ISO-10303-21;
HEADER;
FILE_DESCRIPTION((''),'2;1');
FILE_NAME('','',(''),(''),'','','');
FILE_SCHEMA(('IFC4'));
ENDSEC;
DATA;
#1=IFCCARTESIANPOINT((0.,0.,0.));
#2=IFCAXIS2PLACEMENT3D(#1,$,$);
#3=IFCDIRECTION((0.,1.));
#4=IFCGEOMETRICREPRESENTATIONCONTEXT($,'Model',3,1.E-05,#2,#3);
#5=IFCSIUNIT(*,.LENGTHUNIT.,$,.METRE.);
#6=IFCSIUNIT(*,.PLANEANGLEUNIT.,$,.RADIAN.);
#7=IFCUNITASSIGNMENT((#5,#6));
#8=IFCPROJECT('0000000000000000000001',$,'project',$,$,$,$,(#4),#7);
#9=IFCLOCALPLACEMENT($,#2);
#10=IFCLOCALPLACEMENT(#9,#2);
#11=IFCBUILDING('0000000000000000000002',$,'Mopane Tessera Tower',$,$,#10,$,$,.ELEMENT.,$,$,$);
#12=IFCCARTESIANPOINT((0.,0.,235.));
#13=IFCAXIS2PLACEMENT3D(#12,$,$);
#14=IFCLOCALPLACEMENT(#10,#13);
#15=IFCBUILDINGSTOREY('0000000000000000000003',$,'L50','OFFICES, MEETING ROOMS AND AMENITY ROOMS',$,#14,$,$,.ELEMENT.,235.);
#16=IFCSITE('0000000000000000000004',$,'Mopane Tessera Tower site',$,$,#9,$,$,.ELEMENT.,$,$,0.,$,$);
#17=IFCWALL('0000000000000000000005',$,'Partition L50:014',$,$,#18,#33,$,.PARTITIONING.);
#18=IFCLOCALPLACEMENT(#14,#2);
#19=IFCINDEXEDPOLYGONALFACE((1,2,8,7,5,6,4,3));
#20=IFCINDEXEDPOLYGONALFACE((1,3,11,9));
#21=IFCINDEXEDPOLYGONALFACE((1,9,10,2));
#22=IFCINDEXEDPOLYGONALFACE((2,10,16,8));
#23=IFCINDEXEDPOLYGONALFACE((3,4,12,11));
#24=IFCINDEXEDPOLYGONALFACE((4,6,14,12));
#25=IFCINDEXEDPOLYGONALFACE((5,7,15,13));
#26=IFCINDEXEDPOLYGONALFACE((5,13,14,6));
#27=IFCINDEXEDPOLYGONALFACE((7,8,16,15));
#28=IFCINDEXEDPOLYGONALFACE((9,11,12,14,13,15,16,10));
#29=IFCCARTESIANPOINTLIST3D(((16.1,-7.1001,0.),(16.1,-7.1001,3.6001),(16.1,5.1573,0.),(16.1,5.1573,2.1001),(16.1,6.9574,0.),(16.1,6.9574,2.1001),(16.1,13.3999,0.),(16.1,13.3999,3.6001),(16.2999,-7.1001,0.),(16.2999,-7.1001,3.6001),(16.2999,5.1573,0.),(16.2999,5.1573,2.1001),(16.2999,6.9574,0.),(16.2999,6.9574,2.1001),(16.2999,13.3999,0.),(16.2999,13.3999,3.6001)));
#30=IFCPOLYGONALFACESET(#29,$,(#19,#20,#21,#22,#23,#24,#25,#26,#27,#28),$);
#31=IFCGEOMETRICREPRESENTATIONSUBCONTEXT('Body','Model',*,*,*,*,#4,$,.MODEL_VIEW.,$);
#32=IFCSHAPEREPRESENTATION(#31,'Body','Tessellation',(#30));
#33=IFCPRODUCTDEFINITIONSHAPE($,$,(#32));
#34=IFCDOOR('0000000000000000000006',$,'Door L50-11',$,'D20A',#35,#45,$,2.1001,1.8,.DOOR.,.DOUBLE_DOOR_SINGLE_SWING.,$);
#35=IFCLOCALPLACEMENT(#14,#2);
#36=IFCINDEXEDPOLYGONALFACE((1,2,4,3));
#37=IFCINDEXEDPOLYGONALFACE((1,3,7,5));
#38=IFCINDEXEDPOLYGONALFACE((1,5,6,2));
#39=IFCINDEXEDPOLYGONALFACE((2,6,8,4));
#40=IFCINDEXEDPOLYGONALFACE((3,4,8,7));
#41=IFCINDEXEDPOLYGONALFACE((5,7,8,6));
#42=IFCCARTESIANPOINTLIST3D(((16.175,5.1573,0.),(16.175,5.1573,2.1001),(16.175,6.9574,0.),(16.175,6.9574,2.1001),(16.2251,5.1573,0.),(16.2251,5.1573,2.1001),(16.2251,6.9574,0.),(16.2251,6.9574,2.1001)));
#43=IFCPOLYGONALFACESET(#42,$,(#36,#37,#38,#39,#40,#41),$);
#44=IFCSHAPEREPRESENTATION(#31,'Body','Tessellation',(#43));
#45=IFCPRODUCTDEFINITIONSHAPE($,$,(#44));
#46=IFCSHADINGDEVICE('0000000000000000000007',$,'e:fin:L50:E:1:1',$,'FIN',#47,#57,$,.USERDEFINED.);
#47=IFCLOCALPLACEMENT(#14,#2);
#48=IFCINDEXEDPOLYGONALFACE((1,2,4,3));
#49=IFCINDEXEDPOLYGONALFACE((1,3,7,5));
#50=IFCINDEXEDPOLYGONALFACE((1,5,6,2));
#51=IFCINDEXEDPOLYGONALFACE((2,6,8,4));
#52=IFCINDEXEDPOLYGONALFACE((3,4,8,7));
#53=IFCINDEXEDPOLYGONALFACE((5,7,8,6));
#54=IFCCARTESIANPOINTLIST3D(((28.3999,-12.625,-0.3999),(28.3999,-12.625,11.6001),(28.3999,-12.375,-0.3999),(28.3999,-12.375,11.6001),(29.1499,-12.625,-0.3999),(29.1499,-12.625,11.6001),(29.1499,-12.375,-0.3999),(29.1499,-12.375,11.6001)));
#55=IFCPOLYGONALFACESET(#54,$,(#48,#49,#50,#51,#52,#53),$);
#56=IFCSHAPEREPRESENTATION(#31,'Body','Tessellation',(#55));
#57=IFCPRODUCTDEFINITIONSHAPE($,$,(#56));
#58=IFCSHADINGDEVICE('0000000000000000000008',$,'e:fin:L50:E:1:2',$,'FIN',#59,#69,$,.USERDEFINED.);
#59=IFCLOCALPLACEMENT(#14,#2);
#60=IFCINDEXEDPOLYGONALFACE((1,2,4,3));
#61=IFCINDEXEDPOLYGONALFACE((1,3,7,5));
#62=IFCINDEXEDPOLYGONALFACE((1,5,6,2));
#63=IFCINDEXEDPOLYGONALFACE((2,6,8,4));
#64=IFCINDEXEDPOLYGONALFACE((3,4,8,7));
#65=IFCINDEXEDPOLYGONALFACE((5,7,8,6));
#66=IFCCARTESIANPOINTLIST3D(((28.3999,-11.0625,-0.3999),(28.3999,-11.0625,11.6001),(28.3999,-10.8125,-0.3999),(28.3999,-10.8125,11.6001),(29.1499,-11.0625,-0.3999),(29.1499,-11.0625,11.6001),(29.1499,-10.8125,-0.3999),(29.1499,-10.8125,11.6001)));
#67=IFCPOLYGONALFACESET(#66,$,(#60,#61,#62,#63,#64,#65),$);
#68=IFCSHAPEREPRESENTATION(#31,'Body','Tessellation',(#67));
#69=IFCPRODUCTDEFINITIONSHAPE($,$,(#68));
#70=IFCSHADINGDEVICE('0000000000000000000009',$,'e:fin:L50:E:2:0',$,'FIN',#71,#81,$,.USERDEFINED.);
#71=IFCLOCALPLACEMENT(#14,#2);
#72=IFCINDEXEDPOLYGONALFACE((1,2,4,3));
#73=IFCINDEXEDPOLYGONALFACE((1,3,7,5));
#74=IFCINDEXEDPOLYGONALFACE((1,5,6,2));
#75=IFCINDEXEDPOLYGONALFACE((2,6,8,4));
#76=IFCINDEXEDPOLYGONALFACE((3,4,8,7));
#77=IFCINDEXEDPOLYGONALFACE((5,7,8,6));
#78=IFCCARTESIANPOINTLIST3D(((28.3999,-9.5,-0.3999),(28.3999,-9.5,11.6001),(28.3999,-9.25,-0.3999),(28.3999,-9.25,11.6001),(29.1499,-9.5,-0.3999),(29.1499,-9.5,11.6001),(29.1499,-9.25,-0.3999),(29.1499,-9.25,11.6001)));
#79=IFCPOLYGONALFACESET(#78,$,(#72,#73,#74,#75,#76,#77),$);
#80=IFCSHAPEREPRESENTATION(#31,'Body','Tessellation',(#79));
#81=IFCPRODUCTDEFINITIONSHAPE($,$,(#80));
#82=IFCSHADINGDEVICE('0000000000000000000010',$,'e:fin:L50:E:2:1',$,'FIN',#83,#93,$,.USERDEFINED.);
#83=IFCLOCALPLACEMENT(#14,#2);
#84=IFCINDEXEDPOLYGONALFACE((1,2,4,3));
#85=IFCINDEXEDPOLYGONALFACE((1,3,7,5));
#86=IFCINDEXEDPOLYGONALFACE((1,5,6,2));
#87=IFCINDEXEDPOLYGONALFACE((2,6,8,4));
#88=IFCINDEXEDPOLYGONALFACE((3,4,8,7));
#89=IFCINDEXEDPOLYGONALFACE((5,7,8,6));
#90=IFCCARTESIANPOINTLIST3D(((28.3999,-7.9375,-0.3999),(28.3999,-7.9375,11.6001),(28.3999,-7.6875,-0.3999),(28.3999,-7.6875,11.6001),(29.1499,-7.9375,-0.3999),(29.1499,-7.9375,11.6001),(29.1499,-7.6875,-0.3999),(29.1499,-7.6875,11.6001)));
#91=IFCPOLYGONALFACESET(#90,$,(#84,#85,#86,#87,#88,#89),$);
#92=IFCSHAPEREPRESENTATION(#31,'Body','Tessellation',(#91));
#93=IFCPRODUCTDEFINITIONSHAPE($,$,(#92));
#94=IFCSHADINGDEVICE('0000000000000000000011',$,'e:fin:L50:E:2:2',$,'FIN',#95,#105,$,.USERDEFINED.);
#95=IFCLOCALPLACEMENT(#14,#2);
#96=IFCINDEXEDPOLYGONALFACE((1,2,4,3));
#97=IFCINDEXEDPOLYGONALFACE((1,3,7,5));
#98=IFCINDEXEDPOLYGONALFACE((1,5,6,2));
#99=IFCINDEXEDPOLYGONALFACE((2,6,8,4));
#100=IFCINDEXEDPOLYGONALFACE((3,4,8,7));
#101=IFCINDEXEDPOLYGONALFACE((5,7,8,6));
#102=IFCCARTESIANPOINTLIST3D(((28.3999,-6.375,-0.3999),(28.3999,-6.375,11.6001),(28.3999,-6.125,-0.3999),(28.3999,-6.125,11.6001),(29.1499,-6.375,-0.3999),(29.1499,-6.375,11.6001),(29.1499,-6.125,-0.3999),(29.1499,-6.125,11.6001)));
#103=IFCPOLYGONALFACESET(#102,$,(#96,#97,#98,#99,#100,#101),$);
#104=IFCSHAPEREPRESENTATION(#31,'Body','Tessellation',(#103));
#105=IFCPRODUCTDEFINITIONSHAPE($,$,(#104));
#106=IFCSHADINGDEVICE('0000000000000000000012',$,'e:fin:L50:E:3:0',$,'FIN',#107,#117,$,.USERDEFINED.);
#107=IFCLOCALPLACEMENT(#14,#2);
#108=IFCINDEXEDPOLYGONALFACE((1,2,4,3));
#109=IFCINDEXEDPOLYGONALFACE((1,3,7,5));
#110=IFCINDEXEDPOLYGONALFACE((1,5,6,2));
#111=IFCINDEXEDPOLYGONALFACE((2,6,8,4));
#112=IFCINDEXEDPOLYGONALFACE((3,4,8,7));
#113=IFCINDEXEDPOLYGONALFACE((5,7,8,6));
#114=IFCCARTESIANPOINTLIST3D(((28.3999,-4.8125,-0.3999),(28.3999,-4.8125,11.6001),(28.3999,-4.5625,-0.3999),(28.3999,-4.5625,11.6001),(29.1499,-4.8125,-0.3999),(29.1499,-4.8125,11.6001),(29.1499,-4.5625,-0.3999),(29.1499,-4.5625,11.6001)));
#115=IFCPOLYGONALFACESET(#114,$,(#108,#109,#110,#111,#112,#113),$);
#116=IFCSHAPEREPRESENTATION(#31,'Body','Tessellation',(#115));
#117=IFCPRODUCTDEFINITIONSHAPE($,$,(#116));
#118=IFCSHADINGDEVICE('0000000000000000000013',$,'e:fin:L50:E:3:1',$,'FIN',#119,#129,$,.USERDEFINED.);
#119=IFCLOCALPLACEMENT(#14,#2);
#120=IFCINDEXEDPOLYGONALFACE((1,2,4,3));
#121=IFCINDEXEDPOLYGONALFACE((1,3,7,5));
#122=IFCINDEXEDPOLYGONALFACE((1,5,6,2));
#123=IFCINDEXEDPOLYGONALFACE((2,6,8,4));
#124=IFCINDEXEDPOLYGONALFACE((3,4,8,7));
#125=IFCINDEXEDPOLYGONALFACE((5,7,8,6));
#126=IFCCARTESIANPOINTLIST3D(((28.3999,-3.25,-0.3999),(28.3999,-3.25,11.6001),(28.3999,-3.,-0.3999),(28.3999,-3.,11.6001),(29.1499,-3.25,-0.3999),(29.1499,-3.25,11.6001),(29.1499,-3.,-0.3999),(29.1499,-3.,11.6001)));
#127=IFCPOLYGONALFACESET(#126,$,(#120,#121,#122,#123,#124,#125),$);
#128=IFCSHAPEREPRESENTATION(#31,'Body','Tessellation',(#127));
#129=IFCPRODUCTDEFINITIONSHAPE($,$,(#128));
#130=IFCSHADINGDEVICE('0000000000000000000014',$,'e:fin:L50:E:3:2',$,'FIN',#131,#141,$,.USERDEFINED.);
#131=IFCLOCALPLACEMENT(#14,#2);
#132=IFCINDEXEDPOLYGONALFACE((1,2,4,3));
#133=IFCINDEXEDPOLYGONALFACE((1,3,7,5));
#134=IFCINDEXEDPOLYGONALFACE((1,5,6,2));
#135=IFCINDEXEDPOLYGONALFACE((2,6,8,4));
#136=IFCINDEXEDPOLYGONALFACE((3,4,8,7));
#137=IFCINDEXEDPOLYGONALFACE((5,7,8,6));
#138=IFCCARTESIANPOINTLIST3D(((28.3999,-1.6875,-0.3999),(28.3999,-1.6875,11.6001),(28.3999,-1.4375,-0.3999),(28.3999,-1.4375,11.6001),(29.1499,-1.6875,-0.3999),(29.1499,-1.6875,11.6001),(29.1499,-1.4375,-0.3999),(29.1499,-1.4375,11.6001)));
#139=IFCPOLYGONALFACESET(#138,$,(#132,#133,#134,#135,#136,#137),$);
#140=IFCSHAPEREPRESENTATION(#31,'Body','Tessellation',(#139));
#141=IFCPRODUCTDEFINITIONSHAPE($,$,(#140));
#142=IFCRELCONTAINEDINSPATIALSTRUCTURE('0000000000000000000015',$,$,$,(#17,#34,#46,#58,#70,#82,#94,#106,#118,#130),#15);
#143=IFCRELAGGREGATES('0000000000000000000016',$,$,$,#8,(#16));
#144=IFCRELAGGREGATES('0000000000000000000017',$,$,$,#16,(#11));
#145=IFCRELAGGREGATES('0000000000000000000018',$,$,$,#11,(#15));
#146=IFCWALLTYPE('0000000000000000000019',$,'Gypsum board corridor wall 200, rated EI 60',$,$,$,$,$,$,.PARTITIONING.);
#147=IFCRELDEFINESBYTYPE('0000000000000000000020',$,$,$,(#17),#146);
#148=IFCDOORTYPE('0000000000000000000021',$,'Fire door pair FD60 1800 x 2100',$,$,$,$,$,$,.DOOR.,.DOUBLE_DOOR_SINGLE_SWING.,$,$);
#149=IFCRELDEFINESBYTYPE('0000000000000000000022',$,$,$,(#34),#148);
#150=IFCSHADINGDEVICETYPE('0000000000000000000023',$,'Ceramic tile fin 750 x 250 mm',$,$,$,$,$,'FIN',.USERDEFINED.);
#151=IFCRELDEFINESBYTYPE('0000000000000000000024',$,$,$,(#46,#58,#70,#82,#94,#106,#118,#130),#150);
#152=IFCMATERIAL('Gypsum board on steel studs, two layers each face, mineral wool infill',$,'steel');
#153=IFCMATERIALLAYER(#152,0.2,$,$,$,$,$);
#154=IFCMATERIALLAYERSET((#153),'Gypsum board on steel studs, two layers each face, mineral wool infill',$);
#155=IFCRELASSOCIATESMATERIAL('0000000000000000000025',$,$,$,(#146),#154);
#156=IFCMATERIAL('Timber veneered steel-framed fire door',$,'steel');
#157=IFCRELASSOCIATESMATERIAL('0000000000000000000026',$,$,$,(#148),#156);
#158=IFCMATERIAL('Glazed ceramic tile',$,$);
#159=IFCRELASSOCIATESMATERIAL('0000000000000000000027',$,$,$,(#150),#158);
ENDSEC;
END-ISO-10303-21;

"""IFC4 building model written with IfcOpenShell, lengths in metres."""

from ifc_helpers import new_model, si_unit, direction, frame, frame_2d, origin, origin_2d, place, context, subcontext, project, spatial, rectangle, extrude, material, layer, layer_set, type_object, element, fill, save


model = new_model("IFC4")

# Units and contexts
model_context = context("Model", 3, precision=1e-05, world=origin(), true_north=direction((0.0, 1.0)))
body_context = subcontext(model_context, "Body", "Model", "MODEL_VIEW")
ifc_project = project(units=[si_unit("LENGTHUNIT", "METRE"), si_unit("PLANEANGLEUNIT", "RADIAN")], contexts=[model_context])

# Site, building, storey
site_placement = place(None, origin())
site = spatial("IfcSite", under=ifc_project, at=site_placement, Name="Mopane Tessera Tower site", CompositionType="ELEMENT", RefElevation=0.0)
building_placement = place(site_placement, origin())
building = spatial("IfcBuilding", under=site, at=building_placement, Name="Mopane Tessera Tower", CompositionType="ELEMENT")
storey_placement = place(building_placement, frame((0.0, 0.0, 235.0)))
storey = spatial("IfcBuildingStorey", under=building, at=storey_placement, Name="L50", Description="OFFICES, MEETING ROOMS AND AMENITY ROOMS", CompositionType="ELEMENT", Elevation=235.0)

# Wall, opening, door
ifc_material_1 = material(Name="Gypsum board on steel studs, two layers each face, mineral wool infill", Category="steel")
ifc_layer_1 = layer(ifc_material_1, 0.2)
ifc_layer_set_1 = layer_set([ifc_layer_1], Name="Gypsum board on steel studs, two layers each face, mineral wool infill")
wall_type_1 = type_object("IfcWallType", Name="Gypsum board corridor wall 200, rated EI 60", PredefinedType="PARTITIONING", material=ifc_layer_set_1)
wall_1_placement = place(storey_placement, frame((16.2, -7.1001, 0.0), z_axis=(0.0, 0.0, 1.0), x_axis=(0.0, 1.0, 0.0)))
wall_1 = element("IfcWall", 1, at=wall_1_placement, inside=storey, type_object=wall_type_1, Name="Partition L50:014", PredefinedType="PARTITIONING", context=body_context, shape_type="SweptSolid", body=[
    extrude(rectangle(XDim=20.5, YDim=0.2, at=frame_2d((10.25, 0.0))), origin(), (0.0, 0.0, 1.0), 3.6001),
])
opening_1_placement = place(wall_1_placement, frame((12.2576, 0.0, 0.0)))
opening_1 = element("IfcOpeningElement", 2, at=opening_1_placement, cuts=wall_1, PredefinedType="OPENING", context=body_context, shape_type="SweptSolid", body=[
    extrude(rectangle(XDim=1.8, YDim=2.1001, at=frame_2d((0.8999, 1.05))), frame((0.0, 0.1121, 0.0), z_axis=(0.0, -1.0, 0.0), x_axis=(1.0, 0.0, 0.0)), (0.0, 0.0, 1.0), 0.2239),
])
ifc_material_2 = material(Name="Timber veneered steel-framed fire door", Category="steel")
door_type_1 = type_object("IfcDoorType", Name="Fire door pair FD60 1800 x 2100", OperationType="DOUBLE_DOOR_SINGLE_SWING", PredefinedType="DOOR", material=ifc_material_2)
door_1_placement = place(opening_1_placement, origin())
door_1 = element("IfcDoor", 3, at=door_1_placement, inside=storey, type_object=door_type_1, Name="Door L50-11", ObjectType="D20A", OperationType="DOUBLE_DOOR_SINGLE_SWING", OverallHeight=2.1001, OverallWidth=1.8, PredefinedType="DOOR", context=body_context, shape_type="SweptSolid", body=[
    extrude(rectangle(XDim=1.8, YDim=2.1001, at=frame_2d((0.8999, 1.05))), frame((0.0, 0.0249, 0.0), z_axis=(0.0, -1.0, 0.0), x_axis=(1.0, 0.0, 0.0)), (0.0, 0.0, 1.0), 0.05),
])
fill(opening_1, door_1)

# Shading devices
ifc_material_3 = material(Name="Glazed ceramic tile")
shading_device_type = type_object("IfcShadingDeviceType", Name="Ceramic tile fin 750 x 250 mm", ElementType="FIN", PredefinedType="USERDEFINED", material=ifc_material_3)
for number, where, z_axis, x_axis, name in (
    (4, (28.7749, -12.5, -0.3999), (0.0, 0.0, 1.0), (0.0, 1.0, 0.0), "e:fin:L50:E:1:1"),
    (5, (28.7749, -10.9375, -0.3999), (0.0, 0.0, 1.0), (0.0, 1.0, 0.0), "e:fin:L50:E:1:2"),
    (6, (28.7749, -9.375, -0.3999), (0.0, 0.0, 1.0), (0.0, 1.0, 0.0), "e:fin:L50:E:2:0"),
    (7, (28.7749, -7.8125, -0.3999), (0.0, 0.0, 1.0), (0.0, 1.0, 0.0), "e:fin:L50:E:2:1"),
    (8, (28.7749, -6.25, -0.3999), (0.0, 0.0, 1.0), (0.0, 1.0, 0.0), "e:fin:L50:E:2:2"),
    (9, (28.7749, -4.6875, -0.3999), (0.0, 0.0, 1.0), (0.0, 1.0, 0.0), "e:fin:L50:E:3:0"),
    (10, (28.7749, -3.125, -0.3999), (0.0, 0.0, 1.0), (0.0, 1.0, 0.0), "e:fin:L50:E:3:1"),
    (11, (28.7749, -1.5625, -0.3999), (0.0, 0.0, 1.0), (0.0, 1.0, 0.0), "e:fin:L50:E:3:2"),
):
    element("IfcShadingDevice", number, at=place(storey_placement, frame(where, z_axis=z_axis, x_axis=x_axis)), inside=storey, type_object=shading_device_type, Name=name, ObjectType="FIN", PredefinedType="USERDEFINED", context=body_context, shape_type="SweptSolid", body=[
        extrude(rectangle(XDim=0.25, YDim=0.75, at=origin_2d()), origin(), (0.0, 0.0, 1.0), 12.0),
    ])

save(model, "model.ifc")
